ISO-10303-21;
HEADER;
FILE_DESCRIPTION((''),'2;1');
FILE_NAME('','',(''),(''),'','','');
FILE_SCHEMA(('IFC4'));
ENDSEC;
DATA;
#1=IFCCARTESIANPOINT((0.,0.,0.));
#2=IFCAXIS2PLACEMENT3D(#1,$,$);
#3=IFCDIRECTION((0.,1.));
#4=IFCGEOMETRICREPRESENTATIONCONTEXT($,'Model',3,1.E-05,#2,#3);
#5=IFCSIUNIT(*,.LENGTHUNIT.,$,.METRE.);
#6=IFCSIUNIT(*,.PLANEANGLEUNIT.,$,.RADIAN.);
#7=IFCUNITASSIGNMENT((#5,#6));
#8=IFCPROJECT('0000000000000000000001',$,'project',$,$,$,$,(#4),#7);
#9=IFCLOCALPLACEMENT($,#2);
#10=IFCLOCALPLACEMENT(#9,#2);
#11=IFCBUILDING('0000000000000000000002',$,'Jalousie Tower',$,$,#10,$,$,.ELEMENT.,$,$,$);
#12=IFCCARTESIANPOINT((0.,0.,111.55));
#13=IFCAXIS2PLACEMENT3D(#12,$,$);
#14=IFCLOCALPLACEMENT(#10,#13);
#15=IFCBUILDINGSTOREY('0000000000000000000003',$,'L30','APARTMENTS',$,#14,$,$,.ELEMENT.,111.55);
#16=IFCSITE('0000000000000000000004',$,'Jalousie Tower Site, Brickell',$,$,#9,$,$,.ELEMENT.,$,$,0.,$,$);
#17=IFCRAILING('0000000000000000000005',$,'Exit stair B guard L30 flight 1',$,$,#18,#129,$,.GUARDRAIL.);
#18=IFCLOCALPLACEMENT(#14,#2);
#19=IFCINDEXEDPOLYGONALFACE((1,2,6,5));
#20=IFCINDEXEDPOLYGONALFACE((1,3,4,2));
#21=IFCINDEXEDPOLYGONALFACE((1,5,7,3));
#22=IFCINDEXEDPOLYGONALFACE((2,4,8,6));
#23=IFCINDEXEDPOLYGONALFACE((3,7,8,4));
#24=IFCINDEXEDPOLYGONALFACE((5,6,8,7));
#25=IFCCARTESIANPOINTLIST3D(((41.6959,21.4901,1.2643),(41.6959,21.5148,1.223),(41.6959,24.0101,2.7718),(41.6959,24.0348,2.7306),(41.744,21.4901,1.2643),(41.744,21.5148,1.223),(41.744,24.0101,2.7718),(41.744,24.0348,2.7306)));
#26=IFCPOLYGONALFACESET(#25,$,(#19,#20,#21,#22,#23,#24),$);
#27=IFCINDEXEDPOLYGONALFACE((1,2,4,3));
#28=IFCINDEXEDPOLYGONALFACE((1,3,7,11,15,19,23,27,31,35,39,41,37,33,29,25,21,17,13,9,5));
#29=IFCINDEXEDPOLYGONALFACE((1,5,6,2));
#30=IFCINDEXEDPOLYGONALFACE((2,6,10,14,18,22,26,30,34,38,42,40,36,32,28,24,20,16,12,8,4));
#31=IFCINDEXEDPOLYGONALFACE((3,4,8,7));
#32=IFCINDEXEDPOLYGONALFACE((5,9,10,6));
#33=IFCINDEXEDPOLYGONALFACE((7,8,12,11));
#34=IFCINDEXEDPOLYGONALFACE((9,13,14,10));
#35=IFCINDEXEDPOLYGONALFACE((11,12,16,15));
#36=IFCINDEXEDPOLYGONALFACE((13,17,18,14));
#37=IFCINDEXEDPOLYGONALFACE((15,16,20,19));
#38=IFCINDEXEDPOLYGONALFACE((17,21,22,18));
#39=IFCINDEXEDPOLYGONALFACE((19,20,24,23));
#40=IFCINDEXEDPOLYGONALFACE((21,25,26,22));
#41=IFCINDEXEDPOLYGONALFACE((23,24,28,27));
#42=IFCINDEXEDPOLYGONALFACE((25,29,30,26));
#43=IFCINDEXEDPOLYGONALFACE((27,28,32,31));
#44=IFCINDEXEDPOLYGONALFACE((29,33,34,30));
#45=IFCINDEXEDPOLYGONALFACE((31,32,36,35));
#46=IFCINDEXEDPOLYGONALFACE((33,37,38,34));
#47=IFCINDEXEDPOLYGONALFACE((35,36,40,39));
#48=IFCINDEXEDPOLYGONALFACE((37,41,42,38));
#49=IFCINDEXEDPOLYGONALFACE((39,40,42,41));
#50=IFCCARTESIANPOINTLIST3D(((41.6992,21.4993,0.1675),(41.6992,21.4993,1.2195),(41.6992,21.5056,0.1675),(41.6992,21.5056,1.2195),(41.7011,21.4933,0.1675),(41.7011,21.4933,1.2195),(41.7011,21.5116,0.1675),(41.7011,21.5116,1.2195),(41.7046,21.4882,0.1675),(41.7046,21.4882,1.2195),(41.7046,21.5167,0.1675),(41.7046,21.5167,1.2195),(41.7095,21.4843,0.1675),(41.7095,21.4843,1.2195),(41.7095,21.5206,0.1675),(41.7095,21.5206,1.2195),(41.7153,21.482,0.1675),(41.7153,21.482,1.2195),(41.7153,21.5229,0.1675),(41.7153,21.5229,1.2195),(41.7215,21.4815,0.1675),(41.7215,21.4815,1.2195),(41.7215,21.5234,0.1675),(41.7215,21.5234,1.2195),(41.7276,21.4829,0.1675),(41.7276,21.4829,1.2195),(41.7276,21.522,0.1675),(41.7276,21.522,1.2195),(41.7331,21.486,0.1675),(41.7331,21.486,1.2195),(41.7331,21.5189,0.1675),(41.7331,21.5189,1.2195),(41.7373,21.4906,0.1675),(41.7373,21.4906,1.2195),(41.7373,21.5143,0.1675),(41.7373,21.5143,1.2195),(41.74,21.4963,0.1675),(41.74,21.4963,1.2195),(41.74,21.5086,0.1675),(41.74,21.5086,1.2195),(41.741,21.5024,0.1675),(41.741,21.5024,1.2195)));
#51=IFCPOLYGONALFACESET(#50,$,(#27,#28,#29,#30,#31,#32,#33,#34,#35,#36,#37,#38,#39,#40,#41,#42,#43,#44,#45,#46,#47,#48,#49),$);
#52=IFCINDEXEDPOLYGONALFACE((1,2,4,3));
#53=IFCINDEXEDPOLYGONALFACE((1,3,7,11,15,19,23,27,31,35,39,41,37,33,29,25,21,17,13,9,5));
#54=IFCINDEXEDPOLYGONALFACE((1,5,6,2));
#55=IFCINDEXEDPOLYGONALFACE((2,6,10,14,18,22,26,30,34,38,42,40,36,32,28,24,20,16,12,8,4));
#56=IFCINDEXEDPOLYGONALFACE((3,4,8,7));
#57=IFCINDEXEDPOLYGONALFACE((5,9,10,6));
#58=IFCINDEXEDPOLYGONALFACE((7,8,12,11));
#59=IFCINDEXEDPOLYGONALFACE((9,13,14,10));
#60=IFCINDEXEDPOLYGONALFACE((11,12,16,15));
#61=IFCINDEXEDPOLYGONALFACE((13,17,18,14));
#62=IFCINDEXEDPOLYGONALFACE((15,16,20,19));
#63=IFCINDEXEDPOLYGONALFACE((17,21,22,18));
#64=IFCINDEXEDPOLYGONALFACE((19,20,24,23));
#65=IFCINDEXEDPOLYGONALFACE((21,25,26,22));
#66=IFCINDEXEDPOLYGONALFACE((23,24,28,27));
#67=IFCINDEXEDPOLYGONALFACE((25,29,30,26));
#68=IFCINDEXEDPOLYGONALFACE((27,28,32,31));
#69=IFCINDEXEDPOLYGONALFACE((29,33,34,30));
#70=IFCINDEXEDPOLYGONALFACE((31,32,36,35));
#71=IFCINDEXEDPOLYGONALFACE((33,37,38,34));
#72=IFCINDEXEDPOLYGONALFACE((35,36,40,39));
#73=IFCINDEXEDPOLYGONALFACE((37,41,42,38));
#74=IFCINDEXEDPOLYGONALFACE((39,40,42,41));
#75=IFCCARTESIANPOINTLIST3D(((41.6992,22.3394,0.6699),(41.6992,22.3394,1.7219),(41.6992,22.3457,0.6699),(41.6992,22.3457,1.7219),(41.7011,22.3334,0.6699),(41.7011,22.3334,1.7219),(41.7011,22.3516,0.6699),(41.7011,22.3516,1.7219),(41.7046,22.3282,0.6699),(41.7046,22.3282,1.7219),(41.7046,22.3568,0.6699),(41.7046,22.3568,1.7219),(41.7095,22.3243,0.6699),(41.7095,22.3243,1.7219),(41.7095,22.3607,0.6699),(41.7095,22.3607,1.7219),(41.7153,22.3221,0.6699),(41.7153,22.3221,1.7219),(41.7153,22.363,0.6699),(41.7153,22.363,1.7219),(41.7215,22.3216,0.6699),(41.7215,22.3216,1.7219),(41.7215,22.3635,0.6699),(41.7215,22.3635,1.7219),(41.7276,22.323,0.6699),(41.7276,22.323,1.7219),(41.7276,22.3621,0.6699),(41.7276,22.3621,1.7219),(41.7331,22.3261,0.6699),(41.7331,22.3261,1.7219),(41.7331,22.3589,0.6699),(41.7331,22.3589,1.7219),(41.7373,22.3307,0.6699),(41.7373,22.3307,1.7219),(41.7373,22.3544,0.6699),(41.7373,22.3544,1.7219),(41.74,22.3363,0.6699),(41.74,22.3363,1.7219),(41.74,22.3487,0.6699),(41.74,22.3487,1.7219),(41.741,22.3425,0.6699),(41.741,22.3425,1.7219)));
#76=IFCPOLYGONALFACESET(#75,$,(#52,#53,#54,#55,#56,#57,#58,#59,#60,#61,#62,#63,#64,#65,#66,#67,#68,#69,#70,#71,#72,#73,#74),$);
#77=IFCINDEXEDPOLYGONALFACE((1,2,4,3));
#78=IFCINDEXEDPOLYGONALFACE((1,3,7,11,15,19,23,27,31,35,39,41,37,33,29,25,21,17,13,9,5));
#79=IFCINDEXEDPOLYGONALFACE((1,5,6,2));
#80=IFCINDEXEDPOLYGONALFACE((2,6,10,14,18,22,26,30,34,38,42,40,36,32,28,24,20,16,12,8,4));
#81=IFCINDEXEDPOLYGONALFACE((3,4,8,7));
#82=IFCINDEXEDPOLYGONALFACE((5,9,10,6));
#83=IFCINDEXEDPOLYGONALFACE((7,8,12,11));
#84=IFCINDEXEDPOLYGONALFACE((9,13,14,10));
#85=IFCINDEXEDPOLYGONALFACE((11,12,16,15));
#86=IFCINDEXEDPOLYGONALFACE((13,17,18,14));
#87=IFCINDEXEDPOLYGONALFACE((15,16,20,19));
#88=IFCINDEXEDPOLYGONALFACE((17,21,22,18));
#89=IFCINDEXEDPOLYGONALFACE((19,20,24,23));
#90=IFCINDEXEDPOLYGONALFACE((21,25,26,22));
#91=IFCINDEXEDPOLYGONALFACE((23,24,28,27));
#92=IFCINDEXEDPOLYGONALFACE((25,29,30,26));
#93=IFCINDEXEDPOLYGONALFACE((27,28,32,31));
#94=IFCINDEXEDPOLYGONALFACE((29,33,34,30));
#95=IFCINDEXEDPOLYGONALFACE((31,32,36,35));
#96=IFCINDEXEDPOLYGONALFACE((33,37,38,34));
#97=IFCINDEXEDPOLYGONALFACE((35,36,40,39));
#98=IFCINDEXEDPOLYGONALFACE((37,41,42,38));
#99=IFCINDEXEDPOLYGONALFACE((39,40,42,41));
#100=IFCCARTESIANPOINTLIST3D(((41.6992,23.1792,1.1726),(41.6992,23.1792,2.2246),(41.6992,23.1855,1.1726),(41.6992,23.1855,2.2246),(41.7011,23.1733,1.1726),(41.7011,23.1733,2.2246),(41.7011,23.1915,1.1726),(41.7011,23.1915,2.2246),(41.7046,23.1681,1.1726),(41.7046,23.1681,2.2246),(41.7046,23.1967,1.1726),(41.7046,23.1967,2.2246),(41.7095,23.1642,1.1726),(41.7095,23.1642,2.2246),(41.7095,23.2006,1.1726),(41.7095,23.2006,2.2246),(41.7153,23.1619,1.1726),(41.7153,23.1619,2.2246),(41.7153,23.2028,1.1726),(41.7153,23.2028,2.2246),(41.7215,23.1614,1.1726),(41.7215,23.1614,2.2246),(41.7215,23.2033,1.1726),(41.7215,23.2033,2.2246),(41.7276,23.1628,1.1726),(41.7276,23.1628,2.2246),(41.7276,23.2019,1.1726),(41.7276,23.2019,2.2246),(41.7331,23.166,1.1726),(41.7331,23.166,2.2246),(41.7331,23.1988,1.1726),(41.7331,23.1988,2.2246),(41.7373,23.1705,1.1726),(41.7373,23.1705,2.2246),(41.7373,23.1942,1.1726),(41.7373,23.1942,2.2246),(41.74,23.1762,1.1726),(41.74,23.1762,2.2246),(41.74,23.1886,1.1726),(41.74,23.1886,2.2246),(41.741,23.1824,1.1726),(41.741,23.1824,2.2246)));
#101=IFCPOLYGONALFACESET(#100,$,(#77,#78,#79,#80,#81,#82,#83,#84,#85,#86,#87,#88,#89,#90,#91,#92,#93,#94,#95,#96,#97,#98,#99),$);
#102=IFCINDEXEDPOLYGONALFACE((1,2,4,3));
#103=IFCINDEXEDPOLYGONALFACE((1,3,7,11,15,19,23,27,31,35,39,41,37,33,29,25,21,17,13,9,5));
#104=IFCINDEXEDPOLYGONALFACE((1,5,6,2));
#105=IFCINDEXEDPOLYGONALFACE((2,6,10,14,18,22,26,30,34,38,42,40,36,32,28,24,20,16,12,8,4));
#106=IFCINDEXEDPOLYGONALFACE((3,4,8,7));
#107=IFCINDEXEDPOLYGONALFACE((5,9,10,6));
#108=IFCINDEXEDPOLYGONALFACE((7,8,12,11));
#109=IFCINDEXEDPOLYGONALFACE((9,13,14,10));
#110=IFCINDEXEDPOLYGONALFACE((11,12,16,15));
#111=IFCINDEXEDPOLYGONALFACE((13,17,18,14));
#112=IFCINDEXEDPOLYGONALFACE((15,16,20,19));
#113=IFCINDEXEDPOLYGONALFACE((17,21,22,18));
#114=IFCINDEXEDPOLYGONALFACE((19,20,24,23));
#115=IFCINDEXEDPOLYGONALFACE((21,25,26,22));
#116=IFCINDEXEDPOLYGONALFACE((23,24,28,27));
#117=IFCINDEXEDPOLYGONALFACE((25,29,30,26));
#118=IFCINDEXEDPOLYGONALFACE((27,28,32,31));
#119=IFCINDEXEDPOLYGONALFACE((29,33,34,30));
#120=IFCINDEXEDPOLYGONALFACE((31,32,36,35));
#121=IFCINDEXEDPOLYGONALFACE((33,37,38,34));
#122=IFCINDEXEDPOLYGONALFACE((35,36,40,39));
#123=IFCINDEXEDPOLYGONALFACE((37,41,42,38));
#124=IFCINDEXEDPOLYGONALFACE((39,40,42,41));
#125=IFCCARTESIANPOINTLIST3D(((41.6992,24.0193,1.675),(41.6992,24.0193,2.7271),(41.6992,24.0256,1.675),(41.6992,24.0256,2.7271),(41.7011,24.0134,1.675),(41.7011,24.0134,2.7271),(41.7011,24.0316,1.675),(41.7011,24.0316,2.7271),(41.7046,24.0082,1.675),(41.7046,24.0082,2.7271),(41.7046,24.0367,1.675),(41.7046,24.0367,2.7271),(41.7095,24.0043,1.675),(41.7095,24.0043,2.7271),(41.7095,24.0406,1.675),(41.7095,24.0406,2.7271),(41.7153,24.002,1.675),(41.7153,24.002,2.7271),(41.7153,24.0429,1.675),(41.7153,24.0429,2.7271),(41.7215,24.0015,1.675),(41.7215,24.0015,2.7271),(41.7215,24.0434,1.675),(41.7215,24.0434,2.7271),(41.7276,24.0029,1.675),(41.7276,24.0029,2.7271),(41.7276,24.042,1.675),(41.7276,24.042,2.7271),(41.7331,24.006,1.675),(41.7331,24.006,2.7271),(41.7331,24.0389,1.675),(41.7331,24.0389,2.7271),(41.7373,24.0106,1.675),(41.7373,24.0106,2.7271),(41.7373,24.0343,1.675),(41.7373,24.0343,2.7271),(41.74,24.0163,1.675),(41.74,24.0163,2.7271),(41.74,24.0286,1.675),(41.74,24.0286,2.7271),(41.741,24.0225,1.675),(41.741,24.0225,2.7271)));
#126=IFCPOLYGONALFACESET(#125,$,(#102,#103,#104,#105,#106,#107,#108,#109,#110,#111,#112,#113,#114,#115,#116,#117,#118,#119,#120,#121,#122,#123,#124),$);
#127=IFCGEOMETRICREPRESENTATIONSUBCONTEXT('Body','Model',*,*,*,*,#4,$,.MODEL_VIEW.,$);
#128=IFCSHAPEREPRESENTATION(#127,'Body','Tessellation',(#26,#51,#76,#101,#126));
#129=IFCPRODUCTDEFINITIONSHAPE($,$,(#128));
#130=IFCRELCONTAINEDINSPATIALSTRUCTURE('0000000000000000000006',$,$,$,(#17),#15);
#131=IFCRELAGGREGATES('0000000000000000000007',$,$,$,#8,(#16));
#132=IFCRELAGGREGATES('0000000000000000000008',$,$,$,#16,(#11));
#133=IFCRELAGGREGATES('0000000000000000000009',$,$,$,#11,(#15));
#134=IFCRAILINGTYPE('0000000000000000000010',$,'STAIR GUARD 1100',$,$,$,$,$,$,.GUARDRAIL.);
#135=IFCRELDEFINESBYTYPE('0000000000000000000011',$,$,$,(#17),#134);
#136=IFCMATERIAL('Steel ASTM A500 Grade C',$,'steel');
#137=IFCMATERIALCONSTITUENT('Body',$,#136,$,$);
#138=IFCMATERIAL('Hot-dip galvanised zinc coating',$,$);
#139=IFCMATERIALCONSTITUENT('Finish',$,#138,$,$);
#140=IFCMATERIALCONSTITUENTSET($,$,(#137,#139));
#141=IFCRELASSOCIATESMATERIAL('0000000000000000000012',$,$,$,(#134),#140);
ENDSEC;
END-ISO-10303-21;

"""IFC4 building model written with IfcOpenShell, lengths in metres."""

from ifc_helpers import new_model, si_unit, direction, frame, origin, origin_2d, place, context, subcontext, project, spatial, rectangle, circle, extrude, material, constituent, constituent_set, type_object, element, save


model = new_model("IFC4")

# Units and contexts
model_context = context("Model", 3, precision=1e-05, world=origin(), true_north=direction((0.0, 1.0)))
body_context = subcontext(model_context, "Body", "Model", "MODEL_VIEW")
ifc_project = project(units=[si_unit("LENGTHUNIT", "METRE"), si_unit("PLANEANGLEUNIT", "RADIAN")], contexts=[model_context])

# Site, building, storey
site_placement = place(None, origin())
site = spatial("IfcSite", under=ifc_project, at=site_placement, Name="Jalousie Tower Site, Brickell", CompositionType="ELEMENT", RefElevation=0.0)
building_placement = place(site_placement, origin())
building = spatial("IfcBuilding", under=site, at=building_placement, Name="Jalousie Tower", CompositionType="ELEMENT")
storey_placement = place(building_placement, frame((0.0, 0.0, 111.55)))
storey = spatial("IfcBuildingStorey", under=building, at=storey_placement, Name="L30", Description="APARTMENTS", CompositionType="ELEMENT", Elevation=111.55)

# Railing
ifc_material_1 = material(Name="Steel ASTM A500 Grade C", Category="steel")
ifc_constituent_1 = constituent(ifc_material_1, Name="Body")
ifc_material_2 = material(Name="Hot-dip galvanised zinc coating")
ifc_constituent_2 = constituent(ifc_material_2, Name="Finish")
ifc_constituent_set_1 = constituent_set(constituents=[ifc_constituent_1, ifc_constituent_2])
railing_type_1 = type_object("IfcRailingType", Name="STAIR GUARD 1100", PredefinedType="GUARDRAIL", material=ifc_constituent_set_1)
railing_1_placement = place(storey_placement, frame((41.72, 21.5024, 0.1675)))
element("IfcRailing", 1, at=railing_1_placement, inside=storey, type_object=railing_type_1, Name="Exit stair B guard L30 flight 1", PredefinedType="GUARDRAIL", context=body_context, shape_type="SweptSolid", body=[
    extrude(rectangle(XDim=0.0481, YDim=0.0481, at=origin_2d()), frame((0.0, 0.0, 1.0762), z_axis=(0.0, 0.85816, 0.513383), x_axis=(-1.0, 0.0, 0.0)), (0.0, 0.0, 1.0), 2.9365),
    extrude(circle(Radius=0.021, at=origin_2d()), origin(), (0.0, 0.0, 1.0), 1.052),
    extrude(circle(Radius=0.021, at=origin_2d()), frame((0.0, 0.8401, 0.5024)), (0.0, 0.0, 1.0), 1.052),
    extrude(circle(Radius=0.021, at=origin_2d()), frame((0.0, 1.6799, 1.0051)), (0.0, 0.0, 1.0), 1.052),
    extrude(circle(Radius=0.021, at=origin_2d()), frame((0.0, 2.52, 1.5076)), (0.0, 0.0, 1.0), 1.052),
])

save(model, "model.ifc")
